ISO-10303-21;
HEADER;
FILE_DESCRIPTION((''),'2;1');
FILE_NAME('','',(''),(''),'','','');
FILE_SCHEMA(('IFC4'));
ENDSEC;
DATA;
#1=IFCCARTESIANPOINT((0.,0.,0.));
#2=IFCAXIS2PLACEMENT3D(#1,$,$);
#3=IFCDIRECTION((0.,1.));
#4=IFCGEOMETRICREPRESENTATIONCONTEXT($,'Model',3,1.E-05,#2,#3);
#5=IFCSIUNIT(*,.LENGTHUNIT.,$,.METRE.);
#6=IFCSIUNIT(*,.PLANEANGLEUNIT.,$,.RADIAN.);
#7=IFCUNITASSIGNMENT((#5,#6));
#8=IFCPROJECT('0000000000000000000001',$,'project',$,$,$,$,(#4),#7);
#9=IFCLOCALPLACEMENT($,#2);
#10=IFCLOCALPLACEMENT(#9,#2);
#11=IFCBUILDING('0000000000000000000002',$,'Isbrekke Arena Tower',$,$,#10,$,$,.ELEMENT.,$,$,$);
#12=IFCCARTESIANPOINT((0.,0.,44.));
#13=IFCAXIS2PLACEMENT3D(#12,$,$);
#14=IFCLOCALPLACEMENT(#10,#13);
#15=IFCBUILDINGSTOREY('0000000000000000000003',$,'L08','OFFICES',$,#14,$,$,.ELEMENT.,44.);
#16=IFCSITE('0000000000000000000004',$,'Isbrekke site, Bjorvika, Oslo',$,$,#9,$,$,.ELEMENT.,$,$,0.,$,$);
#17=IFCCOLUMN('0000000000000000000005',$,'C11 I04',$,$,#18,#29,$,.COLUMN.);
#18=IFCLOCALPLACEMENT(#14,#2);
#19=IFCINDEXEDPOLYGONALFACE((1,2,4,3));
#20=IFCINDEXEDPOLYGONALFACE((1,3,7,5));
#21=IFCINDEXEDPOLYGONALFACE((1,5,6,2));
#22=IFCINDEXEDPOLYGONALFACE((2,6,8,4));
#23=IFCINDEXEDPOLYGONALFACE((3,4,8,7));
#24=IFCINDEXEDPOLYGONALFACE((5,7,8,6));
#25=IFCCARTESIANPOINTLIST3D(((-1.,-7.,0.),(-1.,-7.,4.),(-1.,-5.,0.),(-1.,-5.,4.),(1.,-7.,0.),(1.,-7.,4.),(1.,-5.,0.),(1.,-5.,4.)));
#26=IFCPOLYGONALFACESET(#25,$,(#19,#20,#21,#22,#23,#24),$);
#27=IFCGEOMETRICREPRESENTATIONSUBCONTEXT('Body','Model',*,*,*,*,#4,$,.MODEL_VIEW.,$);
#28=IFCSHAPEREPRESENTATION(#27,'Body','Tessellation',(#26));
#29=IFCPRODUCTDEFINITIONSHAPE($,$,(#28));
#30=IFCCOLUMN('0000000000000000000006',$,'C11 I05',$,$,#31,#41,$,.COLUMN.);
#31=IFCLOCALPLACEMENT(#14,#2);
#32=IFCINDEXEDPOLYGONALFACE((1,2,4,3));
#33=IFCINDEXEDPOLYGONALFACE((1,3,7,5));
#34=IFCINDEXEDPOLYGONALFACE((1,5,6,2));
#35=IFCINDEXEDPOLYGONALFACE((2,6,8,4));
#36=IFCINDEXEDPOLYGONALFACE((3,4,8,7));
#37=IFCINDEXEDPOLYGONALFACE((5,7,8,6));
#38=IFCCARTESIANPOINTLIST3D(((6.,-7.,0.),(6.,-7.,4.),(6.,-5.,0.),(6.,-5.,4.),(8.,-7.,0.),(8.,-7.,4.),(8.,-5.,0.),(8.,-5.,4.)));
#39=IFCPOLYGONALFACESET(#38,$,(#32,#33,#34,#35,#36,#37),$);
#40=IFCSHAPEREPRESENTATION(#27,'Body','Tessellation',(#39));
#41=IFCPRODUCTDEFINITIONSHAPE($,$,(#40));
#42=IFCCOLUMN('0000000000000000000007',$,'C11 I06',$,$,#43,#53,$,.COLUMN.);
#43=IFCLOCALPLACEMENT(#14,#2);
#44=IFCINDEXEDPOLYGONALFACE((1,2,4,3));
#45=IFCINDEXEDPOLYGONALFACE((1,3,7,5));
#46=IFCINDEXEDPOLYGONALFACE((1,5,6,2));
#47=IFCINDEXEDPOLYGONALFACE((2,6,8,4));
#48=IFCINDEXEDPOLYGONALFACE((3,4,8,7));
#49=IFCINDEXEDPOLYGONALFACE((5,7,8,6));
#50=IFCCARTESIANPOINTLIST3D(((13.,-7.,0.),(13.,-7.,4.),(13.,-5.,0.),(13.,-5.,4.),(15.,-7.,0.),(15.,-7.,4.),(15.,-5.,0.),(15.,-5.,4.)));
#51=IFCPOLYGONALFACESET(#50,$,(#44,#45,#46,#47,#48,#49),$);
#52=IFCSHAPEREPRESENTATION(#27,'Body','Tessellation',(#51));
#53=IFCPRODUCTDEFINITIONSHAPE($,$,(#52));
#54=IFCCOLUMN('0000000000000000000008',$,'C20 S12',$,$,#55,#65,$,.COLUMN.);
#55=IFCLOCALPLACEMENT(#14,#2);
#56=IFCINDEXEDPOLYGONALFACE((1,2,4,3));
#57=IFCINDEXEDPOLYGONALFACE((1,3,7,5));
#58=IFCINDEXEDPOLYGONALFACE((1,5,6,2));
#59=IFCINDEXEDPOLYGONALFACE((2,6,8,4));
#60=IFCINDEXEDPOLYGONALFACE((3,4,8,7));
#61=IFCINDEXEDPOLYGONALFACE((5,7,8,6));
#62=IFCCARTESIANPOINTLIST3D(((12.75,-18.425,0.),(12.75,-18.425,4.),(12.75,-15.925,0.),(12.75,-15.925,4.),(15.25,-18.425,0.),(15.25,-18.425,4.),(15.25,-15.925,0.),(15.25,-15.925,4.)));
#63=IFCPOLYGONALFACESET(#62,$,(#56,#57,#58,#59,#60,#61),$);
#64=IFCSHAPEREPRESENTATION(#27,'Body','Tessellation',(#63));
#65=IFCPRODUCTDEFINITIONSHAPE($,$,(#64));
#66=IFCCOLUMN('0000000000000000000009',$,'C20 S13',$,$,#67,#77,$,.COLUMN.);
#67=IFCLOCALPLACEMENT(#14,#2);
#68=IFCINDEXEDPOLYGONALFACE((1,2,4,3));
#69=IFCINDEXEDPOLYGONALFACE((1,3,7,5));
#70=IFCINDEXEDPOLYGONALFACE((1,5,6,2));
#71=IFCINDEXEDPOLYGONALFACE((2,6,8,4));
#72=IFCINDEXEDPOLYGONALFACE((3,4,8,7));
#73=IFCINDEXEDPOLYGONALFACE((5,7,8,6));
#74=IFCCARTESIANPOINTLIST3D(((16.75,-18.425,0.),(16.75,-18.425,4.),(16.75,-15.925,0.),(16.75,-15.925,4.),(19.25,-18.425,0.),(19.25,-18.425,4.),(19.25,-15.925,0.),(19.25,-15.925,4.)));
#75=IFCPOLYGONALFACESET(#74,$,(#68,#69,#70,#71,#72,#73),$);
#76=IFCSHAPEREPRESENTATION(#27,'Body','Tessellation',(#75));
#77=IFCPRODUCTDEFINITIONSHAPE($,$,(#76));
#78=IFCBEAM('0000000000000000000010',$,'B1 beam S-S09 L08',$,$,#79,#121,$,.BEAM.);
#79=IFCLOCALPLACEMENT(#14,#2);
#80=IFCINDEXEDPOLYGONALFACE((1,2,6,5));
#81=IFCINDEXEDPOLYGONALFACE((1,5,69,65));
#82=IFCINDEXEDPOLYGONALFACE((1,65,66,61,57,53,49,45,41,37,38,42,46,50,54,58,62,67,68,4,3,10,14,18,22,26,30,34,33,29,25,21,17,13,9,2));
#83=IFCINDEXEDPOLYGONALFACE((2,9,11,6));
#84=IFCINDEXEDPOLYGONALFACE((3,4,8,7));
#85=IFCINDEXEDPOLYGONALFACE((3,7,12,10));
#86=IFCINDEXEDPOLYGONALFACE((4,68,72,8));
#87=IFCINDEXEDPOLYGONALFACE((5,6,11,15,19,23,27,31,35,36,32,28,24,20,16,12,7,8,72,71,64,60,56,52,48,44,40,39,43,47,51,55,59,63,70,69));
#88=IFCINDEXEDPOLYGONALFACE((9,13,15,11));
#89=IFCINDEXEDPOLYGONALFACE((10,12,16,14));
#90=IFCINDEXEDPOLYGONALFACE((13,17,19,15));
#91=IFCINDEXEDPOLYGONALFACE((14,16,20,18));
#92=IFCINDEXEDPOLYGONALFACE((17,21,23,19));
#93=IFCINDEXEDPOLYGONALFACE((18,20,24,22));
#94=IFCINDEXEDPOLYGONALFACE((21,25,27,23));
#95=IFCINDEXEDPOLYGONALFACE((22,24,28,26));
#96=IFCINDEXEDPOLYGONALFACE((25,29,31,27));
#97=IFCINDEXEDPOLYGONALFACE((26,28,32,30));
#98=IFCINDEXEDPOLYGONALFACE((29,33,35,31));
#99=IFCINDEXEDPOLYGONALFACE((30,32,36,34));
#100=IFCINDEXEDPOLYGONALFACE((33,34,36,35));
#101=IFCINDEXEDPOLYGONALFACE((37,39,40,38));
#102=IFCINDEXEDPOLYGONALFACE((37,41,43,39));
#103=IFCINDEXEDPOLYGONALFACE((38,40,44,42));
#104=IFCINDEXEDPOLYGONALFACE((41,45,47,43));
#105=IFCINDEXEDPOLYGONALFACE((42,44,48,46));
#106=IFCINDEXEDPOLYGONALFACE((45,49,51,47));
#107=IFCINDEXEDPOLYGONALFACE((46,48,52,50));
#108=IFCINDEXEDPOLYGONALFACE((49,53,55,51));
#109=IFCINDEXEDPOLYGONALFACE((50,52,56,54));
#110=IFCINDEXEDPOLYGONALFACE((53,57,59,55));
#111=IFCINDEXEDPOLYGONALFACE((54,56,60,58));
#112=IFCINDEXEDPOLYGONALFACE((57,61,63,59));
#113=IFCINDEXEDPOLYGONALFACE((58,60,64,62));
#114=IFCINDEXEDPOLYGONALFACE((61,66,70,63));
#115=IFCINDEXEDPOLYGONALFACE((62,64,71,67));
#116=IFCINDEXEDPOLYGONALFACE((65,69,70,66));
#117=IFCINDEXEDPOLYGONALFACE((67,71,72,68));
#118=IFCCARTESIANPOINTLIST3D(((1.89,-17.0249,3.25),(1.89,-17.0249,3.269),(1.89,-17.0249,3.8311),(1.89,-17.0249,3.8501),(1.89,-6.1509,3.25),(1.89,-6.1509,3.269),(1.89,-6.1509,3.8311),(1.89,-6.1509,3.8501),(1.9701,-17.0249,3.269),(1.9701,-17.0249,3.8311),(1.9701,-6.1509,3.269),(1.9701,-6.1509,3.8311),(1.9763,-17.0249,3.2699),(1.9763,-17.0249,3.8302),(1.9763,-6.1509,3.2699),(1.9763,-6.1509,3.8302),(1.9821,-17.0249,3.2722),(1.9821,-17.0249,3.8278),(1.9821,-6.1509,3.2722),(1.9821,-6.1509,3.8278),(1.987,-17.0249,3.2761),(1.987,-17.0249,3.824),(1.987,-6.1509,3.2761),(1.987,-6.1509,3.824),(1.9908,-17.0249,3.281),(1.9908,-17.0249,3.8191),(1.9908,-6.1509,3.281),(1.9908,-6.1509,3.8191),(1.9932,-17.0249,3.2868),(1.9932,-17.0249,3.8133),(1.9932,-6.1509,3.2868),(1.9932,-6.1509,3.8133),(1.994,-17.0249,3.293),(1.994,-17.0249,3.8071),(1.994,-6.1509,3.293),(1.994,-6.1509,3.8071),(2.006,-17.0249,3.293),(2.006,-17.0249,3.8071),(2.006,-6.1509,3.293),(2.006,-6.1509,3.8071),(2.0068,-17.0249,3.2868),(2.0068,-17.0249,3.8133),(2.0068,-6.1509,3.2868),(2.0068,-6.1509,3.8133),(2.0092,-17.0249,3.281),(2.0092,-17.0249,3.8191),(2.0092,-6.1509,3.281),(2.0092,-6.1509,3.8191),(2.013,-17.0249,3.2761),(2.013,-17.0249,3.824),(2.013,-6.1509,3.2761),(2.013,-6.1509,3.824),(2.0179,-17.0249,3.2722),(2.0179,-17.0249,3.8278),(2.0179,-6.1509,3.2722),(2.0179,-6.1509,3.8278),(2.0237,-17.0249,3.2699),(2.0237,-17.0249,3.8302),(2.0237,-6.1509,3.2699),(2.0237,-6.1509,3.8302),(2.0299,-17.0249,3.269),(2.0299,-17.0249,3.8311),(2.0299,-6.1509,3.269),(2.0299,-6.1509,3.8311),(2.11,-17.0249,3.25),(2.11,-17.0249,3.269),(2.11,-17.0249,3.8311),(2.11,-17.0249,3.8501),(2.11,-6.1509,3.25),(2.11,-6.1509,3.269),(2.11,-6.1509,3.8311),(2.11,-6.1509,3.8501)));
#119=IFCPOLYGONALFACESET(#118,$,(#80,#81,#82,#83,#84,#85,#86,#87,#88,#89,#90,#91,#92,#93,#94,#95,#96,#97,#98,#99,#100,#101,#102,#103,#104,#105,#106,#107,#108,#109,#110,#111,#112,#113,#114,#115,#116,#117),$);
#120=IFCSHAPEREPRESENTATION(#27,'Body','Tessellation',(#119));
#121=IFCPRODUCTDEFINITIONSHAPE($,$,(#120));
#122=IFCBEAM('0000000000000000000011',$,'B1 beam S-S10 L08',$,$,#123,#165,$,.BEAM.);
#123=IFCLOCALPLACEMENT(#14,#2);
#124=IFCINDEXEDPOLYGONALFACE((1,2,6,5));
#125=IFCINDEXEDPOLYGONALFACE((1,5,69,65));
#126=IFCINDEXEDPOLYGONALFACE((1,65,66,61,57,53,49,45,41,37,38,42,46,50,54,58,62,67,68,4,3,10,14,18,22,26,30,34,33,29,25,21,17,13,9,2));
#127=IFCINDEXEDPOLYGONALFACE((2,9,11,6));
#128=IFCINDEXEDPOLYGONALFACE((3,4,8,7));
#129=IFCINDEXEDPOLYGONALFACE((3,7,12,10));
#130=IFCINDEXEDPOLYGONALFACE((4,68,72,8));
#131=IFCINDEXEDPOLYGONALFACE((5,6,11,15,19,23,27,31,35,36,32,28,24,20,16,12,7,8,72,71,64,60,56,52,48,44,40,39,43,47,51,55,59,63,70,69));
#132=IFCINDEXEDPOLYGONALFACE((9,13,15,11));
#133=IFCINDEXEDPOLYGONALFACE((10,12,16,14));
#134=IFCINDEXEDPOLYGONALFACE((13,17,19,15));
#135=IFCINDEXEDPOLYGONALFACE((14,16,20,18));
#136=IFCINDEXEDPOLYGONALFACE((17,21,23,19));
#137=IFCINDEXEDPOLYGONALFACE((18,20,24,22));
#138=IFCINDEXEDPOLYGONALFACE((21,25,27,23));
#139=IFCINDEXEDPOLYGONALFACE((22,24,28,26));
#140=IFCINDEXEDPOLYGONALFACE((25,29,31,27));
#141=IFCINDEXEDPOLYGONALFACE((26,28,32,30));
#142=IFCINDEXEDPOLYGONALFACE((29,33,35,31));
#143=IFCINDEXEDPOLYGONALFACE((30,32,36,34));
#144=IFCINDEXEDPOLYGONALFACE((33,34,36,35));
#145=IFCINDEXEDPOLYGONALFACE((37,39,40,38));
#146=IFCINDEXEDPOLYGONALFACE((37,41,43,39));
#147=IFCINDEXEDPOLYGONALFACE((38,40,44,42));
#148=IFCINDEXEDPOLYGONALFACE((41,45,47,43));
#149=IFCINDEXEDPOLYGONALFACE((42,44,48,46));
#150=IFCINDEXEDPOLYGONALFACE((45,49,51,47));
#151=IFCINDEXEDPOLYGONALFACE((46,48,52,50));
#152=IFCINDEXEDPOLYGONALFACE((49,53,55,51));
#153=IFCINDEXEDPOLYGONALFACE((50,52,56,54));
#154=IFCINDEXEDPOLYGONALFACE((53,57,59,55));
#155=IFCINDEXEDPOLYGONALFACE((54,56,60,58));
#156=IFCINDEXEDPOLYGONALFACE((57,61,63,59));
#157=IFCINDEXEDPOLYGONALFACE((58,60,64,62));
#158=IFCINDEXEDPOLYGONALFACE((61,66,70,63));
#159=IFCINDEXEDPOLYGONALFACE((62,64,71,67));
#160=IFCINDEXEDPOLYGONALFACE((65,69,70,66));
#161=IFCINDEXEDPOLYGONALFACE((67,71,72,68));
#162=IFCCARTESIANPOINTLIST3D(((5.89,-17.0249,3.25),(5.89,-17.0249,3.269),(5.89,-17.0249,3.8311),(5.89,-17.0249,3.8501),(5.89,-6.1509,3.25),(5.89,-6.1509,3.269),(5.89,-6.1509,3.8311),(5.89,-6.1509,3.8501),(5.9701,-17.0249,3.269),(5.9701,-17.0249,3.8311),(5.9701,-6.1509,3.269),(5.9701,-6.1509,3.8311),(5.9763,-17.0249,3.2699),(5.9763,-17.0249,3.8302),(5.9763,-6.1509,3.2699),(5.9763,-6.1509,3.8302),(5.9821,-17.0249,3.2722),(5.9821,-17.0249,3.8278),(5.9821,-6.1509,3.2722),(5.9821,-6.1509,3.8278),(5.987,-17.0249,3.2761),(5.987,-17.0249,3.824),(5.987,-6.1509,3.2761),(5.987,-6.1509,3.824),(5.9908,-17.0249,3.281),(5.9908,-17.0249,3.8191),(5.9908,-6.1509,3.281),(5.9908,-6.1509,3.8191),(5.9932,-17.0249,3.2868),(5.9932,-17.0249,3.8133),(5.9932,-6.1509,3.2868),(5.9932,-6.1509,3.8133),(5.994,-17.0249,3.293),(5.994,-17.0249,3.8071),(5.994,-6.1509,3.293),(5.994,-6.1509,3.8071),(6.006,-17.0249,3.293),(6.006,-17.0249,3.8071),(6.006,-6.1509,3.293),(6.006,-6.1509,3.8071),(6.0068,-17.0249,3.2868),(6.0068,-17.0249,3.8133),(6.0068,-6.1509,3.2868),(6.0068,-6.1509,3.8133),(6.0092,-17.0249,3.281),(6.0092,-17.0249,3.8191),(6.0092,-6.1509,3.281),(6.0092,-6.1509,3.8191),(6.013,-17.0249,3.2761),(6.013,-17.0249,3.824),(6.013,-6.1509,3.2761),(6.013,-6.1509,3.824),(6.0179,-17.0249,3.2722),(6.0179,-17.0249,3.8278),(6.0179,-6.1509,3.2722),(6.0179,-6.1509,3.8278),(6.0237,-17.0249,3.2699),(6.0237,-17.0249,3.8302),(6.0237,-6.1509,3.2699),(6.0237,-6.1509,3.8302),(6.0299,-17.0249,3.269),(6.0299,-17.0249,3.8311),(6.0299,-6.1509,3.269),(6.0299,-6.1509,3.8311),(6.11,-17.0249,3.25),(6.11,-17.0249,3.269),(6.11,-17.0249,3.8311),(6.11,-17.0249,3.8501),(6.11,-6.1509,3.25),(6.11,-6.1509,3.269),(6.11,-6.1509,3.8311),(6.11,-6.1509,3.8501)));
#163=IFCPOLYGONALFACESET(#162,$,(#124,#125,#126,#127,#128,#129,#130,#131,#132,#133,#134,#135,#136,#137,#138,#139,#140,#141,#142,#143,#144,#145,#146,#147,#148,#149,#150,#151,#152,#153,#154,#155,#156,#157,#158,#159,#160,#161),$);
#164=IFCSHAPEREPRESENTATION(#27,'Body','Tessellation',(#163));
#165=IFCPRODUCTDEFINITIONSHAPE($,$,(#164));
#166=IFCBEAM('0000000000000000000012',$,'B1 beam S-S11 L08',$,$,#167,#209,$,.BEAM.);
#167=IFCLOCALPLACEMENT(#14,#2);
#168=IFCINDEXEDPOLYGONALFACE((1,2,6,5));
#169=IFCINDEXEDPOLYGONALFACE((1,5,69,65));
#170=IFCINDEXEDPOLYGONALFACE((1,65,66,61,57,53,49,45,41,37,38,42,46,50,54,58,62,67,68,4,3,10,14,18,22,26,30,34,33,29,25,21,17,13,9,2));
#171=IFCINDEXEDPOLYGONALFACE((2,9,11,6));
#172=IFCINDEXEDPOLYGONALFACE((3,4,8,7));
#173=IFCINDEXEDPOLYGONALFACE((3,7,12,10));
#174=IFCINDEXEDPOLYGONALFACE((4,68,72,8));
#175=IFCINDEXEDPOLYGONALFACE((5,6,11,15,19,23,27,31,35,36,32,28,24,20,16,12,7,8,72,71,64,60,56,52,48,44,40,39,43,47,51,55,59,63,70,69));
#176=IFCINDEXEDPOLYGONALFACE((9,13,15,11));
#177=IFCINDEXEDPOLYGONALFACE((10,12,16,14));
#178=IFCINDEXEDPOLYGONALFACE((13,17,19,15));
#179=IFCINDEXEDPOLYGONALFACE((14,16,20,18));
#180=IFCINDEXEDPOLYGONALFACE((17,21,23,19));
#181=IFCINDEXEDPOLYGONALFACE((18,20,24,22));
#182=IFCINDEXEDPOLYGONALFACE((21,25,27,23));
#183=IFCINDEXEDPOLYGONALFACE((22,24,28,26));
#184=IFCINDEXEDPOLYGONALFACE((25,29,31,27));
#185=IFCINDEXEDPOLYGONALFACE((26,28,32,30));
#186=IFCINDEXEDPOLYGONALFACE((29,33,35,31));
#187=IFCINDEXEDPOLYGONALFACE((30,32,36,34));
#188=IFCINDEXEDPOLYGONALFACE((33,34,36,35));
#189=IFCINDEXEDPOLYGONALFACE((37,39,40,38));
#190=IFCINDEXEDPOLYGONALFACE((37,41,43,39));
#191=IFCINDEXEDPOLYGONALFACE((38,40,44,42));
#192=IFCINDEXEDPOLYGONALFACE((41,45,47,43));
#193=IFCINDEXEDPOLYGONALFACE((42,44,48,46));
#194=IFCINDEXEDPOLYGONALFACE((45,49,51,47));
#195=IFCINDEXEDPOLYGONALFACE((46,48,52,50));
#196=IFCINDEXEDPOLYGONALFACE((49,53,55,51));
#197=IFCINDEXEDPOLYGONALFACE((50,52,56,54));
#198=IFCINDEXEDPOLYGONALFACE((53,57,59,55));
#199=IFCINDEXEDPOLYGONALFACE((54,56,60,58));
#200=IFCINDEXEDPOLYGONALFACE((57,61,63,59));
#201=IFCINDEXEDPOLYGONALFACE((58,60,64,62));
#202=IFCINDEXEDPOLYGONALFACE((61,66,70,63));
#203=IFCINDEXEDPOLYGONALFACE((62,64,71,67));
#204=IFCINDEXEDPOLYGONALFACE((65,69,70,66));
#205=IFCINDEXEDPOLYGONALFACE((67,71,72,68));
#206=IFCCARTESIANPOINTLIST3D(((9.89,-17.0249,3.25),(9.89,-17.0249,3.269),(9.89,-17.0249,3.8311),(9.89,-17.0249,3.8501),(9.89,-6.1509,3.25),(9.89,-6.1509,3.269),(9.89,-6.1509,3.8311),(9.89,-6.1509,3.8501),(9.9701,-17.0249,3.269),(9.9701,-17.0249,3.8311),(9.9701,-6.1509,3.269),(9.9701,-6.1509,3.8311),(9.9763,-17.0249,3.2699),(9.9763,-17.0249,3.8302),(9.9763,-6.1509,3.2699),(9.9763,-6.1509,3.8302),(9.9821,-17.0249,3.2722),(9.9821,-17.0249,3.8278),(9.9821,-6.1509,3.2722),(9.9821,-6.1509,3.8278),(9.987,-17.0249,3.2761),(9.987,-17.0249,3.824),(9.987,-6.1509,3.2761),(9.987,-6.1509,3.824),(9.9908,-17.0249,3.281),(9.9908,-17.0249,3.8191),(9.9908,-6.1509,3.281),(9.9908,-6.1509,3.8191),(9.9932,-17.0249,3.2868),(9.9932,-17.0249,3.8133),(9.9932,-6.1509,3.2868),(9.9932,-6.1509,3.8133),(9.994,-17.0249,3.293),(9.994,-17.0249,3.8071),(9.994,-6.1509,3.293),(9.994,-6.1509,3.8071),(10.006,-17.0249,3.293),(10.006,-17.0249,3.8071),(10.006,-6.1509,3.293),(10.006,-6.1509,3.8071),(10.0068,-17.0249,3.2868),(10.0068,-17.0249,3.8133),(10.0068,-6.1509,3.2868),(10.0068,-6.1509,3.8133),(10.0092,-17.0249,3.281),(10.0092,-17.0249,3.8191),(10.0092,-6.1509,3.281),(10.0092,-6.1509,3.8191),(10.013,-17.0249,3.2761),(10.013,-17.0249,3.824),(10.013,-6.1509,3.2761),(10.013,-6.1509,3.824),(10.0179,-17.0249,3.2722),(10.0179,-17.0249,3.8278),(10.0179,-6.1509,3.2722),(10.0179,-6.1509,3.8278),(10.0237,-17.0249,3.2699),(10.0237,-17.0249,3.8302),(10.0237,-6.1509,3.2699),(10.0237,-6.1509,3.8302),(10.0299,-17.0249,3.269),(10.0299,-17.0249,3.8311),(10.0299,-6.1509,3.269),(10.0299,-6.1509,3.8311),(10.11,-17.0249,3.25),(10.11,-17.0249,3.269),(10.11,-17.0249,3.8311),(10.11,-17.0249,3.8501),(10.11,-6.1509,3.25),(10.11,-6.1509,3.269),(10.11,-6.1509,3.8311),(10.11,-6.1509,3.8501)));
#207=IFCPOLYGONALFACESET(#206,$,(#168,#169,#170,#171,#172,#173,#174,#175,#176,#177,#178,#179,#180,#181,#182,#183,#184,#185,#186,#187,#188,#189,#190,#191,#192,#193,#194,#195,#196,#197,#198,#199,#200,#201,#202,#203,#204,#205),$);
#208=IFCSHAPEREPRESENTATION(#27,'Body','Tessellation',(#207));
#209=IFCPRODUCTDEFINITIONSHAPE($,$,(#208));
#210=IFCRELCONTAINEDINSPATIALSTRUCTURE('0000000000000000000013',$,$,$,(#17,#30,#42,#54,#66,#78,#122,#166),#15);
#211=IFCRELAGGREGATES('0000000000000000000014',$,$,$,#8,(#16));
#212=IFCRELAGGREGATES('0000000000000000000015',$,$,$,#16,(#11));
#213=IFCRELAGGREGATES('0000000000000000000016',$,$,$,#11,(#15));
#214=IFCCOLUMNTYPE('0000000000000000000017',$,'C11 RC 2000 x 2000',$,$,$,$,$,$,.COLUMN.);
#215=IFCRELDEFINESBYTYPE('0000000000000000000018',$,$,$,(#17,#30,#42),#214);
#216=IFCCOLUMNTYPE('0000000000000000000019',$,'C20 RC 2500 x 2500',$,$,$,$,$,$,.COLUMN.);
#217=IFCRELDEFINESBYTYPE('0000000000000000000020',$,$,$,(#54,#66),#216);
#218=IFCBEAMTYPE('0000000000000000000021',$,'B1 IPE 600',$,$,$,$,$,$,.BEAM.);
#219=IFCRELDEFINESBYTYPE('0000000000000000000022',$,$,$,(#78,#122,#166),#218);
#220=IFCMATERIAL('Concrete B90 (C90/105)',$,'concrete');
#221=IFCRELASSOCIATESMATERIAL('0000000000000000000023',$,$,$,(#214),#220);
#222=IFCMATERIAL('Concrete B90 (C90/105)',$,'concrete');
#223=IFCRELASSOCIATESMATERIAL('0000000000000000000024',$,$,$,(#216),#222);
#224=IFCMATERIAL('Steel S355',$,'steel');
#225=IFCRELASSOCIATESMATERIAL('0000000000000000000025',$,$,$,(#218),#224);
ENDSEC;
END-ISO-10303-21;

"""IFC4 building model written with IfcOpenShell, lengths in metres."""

from ifc_helpers import new_model, si_unit, direction, frame, origin, origin_2d, place, context, subcontext, project, spatial, rectangle, i_section, extrude, material, material_profile, profile_set, type_object, element, save


model = new_model("IFC4")

# Units and contexts
model_context = context("Model", 3, precision=1e-05, world=origin(), true_north=direction((0.0, 1.0)))
body_context = subcontext(model_context, "Body", "Model", "MODEL_VIEW")
ifc_project = project(units=[si_unit("LENGTHUNIT", "METRE"), si_unit("PLANEANGLEUNIT", "RADIAN")], contexts=[model_context])

# Site, building, storey
site_placement = place(None, origin())
site = spatial("IfcSite", under=ifc_project, at=site_placement, Name="Isbrekke site, Bjorvika, Oslo", CompositionType="ELEMENT", RefElevation=0.0)
building_placement = place(site_placement, origin())
building = spatial("IfcBuilding", under=site, at=building_placement, Name="Isbrekke Arena Tower", CompositionType="ELEMENT")
storey_placement = place(building_placement, frame((0.0, 0.0, 44.0)))
storey = spatial("IfcBuildingStorey", under=building, at=storey_placement, Name="L08", Description="OFFICES", CompositionType="ELEMENT", Elevation=44.0)

# Columns
ifc_material_1 = material(Name="Concrete B90 (C90/105)", Category="concrete")
ifc_material_profile_1 = material_profile(ifc_material_1, rectangle(XDim=2.0, YDim=2.0, at=origin_2d()), Name="RC 2000x2000")
ifc_profile_set_1 = profile_set([ifc_material_profile_1], Name="Concrete B90 (C90/105)")
column_type_1 = type_object("IfcColumnType", Name="C11 RC 2000 x 2000", PredefinedType="COLUMN", material=ifc_profile_set_1)
for number, where, z_axis, x_axis, name in (
    (1, (0.0, -6.0, 0.0), (0.0, 0.0, 1.0), (1.0, 0.0, 0.0), "C11 I04"),
    (2, (7.0, -6.0, 0.0), (0.0, 0.0, 1.0), (1.0, 0.0, 0.0), "C11 I05"),
    (3, (14.0, -6.0, 0.0), (0.0, 0.0, 1.0), (1.0, 0.0, 0.0), "C11 I06"),
):
    element("IfcColumn", number, at=place(storey_placement, frame(where, z_axis=z_axis, x_axis=x_axis)), inside=storey, type_object=column_type_1, Name=name, PredefinedType="COLUMN", context=body_context, shape_type="SweptSolid", body=[
        extrude(rectangle(XDim=2.0, YDim=2.0, at=origin_2d()), origin(), (0.0, 0.0, 1.0), 4.0),
    ])
ifc_material_2 = material(Name="Concrete B90 (C90/105)", Category="concrete")
ifc_material_profile_2 = material_profile(ifc_material_2, rectangle(XDim=2.5, YDim=2.5, at=origin_2d()), Name="RC 2500x2500")
ifc_profile_set_2 = profile_set([ifc_material_profile_2], Name="Concrete B90 (C90/105)")
column_type_2 = type_object("IfcColumnType", Name="C20 RC 2500 x 2500", PredefinedType="COLUMN", material=ifc_profile_set_2)
for number, where, z_axis, x_axis, name in (
    (4, (14.0, -17.175, 0.0), (0.0, 0.0, 1.0), (1.0, 0.0, 0.0), "C20 S12"),
    (5, (18.0, -17.175, 0.0), (0.0, 0.0, 1.0), (1.0, 0.0, 0.0), "C20 S13"),
):
    element("IfcColumn", number, at=place(storey_placement, frame(where, z_axis=z_axis, x_axis=x_axis)), inside=storey, type_object=column_type_2, Name=name, PredefinedType="COLUMN", context=body_context, shape_type="SweptSolid", body=[
        extrude(rectangle(XDim=2.5, YDim=2.5, at=origin_2d()), origin(), (0.0, 0.0, 1.0), 4.0),
    ])

# Beams
ifc_material_3 = material(Name="Steel S355", Category="steel")
ifc_material_profile_3 = material_profile(ifc_material_3, i_section(OverallWidth=0.22, OverallDepth=0.6001, WebThickness=0.012, FlangeThickness=0.019, FilletRadius=0.0239, at=origin_2d()), Name="IPE 600")
ifc_profile_set_3 = profile_set([ifc_material_profile_3], Name="Steel S355")
beam_type_1 = type_object("IfcBeamType", Name="B1 IPE 600", PredefinedType="BEAM", material=ifc_profile_set_3)
for number, where, z_axis, x_axis, name in (
    (6, (2.0, -17.0249, 3.55), (0.0, 1.0, 0.0), (-1.0, 0.0, 0.0), "B1 beam S-S09 L08"),
    (7, (6.0, -17.0249, 3.55), (0.0, 1.0, 0.0), (-1.0, 0.0, 0.0), "B1 beam S-S10 L08"),
    (8, (10.0, -17.0249, 3.55), (0.0, 1.0, 0.0), (-1.0, 0.0, 0.0), "B1 beam S-S11 L08"),
):
    element("IfcBeam", number, at=place(storey_placement, frame(where, z_axis=z_axis, x_axis=x_axis)), inside=storey, type_object=beam_type_1, Name=name, PredefinedType="BEAM", context=body_context, shape_type="SweptSolid", body=[
        extrude(i_section(OverallWidth=0.22, OverallDepth=0.6001, WebThickness=0.012, FlangeThickness=0.019, FilletRadius=0.0239, at=origin_2d()), origin(), (0.0, 0.0, 1.0), 10.874),
    ])

save(model, "model.ifc")
